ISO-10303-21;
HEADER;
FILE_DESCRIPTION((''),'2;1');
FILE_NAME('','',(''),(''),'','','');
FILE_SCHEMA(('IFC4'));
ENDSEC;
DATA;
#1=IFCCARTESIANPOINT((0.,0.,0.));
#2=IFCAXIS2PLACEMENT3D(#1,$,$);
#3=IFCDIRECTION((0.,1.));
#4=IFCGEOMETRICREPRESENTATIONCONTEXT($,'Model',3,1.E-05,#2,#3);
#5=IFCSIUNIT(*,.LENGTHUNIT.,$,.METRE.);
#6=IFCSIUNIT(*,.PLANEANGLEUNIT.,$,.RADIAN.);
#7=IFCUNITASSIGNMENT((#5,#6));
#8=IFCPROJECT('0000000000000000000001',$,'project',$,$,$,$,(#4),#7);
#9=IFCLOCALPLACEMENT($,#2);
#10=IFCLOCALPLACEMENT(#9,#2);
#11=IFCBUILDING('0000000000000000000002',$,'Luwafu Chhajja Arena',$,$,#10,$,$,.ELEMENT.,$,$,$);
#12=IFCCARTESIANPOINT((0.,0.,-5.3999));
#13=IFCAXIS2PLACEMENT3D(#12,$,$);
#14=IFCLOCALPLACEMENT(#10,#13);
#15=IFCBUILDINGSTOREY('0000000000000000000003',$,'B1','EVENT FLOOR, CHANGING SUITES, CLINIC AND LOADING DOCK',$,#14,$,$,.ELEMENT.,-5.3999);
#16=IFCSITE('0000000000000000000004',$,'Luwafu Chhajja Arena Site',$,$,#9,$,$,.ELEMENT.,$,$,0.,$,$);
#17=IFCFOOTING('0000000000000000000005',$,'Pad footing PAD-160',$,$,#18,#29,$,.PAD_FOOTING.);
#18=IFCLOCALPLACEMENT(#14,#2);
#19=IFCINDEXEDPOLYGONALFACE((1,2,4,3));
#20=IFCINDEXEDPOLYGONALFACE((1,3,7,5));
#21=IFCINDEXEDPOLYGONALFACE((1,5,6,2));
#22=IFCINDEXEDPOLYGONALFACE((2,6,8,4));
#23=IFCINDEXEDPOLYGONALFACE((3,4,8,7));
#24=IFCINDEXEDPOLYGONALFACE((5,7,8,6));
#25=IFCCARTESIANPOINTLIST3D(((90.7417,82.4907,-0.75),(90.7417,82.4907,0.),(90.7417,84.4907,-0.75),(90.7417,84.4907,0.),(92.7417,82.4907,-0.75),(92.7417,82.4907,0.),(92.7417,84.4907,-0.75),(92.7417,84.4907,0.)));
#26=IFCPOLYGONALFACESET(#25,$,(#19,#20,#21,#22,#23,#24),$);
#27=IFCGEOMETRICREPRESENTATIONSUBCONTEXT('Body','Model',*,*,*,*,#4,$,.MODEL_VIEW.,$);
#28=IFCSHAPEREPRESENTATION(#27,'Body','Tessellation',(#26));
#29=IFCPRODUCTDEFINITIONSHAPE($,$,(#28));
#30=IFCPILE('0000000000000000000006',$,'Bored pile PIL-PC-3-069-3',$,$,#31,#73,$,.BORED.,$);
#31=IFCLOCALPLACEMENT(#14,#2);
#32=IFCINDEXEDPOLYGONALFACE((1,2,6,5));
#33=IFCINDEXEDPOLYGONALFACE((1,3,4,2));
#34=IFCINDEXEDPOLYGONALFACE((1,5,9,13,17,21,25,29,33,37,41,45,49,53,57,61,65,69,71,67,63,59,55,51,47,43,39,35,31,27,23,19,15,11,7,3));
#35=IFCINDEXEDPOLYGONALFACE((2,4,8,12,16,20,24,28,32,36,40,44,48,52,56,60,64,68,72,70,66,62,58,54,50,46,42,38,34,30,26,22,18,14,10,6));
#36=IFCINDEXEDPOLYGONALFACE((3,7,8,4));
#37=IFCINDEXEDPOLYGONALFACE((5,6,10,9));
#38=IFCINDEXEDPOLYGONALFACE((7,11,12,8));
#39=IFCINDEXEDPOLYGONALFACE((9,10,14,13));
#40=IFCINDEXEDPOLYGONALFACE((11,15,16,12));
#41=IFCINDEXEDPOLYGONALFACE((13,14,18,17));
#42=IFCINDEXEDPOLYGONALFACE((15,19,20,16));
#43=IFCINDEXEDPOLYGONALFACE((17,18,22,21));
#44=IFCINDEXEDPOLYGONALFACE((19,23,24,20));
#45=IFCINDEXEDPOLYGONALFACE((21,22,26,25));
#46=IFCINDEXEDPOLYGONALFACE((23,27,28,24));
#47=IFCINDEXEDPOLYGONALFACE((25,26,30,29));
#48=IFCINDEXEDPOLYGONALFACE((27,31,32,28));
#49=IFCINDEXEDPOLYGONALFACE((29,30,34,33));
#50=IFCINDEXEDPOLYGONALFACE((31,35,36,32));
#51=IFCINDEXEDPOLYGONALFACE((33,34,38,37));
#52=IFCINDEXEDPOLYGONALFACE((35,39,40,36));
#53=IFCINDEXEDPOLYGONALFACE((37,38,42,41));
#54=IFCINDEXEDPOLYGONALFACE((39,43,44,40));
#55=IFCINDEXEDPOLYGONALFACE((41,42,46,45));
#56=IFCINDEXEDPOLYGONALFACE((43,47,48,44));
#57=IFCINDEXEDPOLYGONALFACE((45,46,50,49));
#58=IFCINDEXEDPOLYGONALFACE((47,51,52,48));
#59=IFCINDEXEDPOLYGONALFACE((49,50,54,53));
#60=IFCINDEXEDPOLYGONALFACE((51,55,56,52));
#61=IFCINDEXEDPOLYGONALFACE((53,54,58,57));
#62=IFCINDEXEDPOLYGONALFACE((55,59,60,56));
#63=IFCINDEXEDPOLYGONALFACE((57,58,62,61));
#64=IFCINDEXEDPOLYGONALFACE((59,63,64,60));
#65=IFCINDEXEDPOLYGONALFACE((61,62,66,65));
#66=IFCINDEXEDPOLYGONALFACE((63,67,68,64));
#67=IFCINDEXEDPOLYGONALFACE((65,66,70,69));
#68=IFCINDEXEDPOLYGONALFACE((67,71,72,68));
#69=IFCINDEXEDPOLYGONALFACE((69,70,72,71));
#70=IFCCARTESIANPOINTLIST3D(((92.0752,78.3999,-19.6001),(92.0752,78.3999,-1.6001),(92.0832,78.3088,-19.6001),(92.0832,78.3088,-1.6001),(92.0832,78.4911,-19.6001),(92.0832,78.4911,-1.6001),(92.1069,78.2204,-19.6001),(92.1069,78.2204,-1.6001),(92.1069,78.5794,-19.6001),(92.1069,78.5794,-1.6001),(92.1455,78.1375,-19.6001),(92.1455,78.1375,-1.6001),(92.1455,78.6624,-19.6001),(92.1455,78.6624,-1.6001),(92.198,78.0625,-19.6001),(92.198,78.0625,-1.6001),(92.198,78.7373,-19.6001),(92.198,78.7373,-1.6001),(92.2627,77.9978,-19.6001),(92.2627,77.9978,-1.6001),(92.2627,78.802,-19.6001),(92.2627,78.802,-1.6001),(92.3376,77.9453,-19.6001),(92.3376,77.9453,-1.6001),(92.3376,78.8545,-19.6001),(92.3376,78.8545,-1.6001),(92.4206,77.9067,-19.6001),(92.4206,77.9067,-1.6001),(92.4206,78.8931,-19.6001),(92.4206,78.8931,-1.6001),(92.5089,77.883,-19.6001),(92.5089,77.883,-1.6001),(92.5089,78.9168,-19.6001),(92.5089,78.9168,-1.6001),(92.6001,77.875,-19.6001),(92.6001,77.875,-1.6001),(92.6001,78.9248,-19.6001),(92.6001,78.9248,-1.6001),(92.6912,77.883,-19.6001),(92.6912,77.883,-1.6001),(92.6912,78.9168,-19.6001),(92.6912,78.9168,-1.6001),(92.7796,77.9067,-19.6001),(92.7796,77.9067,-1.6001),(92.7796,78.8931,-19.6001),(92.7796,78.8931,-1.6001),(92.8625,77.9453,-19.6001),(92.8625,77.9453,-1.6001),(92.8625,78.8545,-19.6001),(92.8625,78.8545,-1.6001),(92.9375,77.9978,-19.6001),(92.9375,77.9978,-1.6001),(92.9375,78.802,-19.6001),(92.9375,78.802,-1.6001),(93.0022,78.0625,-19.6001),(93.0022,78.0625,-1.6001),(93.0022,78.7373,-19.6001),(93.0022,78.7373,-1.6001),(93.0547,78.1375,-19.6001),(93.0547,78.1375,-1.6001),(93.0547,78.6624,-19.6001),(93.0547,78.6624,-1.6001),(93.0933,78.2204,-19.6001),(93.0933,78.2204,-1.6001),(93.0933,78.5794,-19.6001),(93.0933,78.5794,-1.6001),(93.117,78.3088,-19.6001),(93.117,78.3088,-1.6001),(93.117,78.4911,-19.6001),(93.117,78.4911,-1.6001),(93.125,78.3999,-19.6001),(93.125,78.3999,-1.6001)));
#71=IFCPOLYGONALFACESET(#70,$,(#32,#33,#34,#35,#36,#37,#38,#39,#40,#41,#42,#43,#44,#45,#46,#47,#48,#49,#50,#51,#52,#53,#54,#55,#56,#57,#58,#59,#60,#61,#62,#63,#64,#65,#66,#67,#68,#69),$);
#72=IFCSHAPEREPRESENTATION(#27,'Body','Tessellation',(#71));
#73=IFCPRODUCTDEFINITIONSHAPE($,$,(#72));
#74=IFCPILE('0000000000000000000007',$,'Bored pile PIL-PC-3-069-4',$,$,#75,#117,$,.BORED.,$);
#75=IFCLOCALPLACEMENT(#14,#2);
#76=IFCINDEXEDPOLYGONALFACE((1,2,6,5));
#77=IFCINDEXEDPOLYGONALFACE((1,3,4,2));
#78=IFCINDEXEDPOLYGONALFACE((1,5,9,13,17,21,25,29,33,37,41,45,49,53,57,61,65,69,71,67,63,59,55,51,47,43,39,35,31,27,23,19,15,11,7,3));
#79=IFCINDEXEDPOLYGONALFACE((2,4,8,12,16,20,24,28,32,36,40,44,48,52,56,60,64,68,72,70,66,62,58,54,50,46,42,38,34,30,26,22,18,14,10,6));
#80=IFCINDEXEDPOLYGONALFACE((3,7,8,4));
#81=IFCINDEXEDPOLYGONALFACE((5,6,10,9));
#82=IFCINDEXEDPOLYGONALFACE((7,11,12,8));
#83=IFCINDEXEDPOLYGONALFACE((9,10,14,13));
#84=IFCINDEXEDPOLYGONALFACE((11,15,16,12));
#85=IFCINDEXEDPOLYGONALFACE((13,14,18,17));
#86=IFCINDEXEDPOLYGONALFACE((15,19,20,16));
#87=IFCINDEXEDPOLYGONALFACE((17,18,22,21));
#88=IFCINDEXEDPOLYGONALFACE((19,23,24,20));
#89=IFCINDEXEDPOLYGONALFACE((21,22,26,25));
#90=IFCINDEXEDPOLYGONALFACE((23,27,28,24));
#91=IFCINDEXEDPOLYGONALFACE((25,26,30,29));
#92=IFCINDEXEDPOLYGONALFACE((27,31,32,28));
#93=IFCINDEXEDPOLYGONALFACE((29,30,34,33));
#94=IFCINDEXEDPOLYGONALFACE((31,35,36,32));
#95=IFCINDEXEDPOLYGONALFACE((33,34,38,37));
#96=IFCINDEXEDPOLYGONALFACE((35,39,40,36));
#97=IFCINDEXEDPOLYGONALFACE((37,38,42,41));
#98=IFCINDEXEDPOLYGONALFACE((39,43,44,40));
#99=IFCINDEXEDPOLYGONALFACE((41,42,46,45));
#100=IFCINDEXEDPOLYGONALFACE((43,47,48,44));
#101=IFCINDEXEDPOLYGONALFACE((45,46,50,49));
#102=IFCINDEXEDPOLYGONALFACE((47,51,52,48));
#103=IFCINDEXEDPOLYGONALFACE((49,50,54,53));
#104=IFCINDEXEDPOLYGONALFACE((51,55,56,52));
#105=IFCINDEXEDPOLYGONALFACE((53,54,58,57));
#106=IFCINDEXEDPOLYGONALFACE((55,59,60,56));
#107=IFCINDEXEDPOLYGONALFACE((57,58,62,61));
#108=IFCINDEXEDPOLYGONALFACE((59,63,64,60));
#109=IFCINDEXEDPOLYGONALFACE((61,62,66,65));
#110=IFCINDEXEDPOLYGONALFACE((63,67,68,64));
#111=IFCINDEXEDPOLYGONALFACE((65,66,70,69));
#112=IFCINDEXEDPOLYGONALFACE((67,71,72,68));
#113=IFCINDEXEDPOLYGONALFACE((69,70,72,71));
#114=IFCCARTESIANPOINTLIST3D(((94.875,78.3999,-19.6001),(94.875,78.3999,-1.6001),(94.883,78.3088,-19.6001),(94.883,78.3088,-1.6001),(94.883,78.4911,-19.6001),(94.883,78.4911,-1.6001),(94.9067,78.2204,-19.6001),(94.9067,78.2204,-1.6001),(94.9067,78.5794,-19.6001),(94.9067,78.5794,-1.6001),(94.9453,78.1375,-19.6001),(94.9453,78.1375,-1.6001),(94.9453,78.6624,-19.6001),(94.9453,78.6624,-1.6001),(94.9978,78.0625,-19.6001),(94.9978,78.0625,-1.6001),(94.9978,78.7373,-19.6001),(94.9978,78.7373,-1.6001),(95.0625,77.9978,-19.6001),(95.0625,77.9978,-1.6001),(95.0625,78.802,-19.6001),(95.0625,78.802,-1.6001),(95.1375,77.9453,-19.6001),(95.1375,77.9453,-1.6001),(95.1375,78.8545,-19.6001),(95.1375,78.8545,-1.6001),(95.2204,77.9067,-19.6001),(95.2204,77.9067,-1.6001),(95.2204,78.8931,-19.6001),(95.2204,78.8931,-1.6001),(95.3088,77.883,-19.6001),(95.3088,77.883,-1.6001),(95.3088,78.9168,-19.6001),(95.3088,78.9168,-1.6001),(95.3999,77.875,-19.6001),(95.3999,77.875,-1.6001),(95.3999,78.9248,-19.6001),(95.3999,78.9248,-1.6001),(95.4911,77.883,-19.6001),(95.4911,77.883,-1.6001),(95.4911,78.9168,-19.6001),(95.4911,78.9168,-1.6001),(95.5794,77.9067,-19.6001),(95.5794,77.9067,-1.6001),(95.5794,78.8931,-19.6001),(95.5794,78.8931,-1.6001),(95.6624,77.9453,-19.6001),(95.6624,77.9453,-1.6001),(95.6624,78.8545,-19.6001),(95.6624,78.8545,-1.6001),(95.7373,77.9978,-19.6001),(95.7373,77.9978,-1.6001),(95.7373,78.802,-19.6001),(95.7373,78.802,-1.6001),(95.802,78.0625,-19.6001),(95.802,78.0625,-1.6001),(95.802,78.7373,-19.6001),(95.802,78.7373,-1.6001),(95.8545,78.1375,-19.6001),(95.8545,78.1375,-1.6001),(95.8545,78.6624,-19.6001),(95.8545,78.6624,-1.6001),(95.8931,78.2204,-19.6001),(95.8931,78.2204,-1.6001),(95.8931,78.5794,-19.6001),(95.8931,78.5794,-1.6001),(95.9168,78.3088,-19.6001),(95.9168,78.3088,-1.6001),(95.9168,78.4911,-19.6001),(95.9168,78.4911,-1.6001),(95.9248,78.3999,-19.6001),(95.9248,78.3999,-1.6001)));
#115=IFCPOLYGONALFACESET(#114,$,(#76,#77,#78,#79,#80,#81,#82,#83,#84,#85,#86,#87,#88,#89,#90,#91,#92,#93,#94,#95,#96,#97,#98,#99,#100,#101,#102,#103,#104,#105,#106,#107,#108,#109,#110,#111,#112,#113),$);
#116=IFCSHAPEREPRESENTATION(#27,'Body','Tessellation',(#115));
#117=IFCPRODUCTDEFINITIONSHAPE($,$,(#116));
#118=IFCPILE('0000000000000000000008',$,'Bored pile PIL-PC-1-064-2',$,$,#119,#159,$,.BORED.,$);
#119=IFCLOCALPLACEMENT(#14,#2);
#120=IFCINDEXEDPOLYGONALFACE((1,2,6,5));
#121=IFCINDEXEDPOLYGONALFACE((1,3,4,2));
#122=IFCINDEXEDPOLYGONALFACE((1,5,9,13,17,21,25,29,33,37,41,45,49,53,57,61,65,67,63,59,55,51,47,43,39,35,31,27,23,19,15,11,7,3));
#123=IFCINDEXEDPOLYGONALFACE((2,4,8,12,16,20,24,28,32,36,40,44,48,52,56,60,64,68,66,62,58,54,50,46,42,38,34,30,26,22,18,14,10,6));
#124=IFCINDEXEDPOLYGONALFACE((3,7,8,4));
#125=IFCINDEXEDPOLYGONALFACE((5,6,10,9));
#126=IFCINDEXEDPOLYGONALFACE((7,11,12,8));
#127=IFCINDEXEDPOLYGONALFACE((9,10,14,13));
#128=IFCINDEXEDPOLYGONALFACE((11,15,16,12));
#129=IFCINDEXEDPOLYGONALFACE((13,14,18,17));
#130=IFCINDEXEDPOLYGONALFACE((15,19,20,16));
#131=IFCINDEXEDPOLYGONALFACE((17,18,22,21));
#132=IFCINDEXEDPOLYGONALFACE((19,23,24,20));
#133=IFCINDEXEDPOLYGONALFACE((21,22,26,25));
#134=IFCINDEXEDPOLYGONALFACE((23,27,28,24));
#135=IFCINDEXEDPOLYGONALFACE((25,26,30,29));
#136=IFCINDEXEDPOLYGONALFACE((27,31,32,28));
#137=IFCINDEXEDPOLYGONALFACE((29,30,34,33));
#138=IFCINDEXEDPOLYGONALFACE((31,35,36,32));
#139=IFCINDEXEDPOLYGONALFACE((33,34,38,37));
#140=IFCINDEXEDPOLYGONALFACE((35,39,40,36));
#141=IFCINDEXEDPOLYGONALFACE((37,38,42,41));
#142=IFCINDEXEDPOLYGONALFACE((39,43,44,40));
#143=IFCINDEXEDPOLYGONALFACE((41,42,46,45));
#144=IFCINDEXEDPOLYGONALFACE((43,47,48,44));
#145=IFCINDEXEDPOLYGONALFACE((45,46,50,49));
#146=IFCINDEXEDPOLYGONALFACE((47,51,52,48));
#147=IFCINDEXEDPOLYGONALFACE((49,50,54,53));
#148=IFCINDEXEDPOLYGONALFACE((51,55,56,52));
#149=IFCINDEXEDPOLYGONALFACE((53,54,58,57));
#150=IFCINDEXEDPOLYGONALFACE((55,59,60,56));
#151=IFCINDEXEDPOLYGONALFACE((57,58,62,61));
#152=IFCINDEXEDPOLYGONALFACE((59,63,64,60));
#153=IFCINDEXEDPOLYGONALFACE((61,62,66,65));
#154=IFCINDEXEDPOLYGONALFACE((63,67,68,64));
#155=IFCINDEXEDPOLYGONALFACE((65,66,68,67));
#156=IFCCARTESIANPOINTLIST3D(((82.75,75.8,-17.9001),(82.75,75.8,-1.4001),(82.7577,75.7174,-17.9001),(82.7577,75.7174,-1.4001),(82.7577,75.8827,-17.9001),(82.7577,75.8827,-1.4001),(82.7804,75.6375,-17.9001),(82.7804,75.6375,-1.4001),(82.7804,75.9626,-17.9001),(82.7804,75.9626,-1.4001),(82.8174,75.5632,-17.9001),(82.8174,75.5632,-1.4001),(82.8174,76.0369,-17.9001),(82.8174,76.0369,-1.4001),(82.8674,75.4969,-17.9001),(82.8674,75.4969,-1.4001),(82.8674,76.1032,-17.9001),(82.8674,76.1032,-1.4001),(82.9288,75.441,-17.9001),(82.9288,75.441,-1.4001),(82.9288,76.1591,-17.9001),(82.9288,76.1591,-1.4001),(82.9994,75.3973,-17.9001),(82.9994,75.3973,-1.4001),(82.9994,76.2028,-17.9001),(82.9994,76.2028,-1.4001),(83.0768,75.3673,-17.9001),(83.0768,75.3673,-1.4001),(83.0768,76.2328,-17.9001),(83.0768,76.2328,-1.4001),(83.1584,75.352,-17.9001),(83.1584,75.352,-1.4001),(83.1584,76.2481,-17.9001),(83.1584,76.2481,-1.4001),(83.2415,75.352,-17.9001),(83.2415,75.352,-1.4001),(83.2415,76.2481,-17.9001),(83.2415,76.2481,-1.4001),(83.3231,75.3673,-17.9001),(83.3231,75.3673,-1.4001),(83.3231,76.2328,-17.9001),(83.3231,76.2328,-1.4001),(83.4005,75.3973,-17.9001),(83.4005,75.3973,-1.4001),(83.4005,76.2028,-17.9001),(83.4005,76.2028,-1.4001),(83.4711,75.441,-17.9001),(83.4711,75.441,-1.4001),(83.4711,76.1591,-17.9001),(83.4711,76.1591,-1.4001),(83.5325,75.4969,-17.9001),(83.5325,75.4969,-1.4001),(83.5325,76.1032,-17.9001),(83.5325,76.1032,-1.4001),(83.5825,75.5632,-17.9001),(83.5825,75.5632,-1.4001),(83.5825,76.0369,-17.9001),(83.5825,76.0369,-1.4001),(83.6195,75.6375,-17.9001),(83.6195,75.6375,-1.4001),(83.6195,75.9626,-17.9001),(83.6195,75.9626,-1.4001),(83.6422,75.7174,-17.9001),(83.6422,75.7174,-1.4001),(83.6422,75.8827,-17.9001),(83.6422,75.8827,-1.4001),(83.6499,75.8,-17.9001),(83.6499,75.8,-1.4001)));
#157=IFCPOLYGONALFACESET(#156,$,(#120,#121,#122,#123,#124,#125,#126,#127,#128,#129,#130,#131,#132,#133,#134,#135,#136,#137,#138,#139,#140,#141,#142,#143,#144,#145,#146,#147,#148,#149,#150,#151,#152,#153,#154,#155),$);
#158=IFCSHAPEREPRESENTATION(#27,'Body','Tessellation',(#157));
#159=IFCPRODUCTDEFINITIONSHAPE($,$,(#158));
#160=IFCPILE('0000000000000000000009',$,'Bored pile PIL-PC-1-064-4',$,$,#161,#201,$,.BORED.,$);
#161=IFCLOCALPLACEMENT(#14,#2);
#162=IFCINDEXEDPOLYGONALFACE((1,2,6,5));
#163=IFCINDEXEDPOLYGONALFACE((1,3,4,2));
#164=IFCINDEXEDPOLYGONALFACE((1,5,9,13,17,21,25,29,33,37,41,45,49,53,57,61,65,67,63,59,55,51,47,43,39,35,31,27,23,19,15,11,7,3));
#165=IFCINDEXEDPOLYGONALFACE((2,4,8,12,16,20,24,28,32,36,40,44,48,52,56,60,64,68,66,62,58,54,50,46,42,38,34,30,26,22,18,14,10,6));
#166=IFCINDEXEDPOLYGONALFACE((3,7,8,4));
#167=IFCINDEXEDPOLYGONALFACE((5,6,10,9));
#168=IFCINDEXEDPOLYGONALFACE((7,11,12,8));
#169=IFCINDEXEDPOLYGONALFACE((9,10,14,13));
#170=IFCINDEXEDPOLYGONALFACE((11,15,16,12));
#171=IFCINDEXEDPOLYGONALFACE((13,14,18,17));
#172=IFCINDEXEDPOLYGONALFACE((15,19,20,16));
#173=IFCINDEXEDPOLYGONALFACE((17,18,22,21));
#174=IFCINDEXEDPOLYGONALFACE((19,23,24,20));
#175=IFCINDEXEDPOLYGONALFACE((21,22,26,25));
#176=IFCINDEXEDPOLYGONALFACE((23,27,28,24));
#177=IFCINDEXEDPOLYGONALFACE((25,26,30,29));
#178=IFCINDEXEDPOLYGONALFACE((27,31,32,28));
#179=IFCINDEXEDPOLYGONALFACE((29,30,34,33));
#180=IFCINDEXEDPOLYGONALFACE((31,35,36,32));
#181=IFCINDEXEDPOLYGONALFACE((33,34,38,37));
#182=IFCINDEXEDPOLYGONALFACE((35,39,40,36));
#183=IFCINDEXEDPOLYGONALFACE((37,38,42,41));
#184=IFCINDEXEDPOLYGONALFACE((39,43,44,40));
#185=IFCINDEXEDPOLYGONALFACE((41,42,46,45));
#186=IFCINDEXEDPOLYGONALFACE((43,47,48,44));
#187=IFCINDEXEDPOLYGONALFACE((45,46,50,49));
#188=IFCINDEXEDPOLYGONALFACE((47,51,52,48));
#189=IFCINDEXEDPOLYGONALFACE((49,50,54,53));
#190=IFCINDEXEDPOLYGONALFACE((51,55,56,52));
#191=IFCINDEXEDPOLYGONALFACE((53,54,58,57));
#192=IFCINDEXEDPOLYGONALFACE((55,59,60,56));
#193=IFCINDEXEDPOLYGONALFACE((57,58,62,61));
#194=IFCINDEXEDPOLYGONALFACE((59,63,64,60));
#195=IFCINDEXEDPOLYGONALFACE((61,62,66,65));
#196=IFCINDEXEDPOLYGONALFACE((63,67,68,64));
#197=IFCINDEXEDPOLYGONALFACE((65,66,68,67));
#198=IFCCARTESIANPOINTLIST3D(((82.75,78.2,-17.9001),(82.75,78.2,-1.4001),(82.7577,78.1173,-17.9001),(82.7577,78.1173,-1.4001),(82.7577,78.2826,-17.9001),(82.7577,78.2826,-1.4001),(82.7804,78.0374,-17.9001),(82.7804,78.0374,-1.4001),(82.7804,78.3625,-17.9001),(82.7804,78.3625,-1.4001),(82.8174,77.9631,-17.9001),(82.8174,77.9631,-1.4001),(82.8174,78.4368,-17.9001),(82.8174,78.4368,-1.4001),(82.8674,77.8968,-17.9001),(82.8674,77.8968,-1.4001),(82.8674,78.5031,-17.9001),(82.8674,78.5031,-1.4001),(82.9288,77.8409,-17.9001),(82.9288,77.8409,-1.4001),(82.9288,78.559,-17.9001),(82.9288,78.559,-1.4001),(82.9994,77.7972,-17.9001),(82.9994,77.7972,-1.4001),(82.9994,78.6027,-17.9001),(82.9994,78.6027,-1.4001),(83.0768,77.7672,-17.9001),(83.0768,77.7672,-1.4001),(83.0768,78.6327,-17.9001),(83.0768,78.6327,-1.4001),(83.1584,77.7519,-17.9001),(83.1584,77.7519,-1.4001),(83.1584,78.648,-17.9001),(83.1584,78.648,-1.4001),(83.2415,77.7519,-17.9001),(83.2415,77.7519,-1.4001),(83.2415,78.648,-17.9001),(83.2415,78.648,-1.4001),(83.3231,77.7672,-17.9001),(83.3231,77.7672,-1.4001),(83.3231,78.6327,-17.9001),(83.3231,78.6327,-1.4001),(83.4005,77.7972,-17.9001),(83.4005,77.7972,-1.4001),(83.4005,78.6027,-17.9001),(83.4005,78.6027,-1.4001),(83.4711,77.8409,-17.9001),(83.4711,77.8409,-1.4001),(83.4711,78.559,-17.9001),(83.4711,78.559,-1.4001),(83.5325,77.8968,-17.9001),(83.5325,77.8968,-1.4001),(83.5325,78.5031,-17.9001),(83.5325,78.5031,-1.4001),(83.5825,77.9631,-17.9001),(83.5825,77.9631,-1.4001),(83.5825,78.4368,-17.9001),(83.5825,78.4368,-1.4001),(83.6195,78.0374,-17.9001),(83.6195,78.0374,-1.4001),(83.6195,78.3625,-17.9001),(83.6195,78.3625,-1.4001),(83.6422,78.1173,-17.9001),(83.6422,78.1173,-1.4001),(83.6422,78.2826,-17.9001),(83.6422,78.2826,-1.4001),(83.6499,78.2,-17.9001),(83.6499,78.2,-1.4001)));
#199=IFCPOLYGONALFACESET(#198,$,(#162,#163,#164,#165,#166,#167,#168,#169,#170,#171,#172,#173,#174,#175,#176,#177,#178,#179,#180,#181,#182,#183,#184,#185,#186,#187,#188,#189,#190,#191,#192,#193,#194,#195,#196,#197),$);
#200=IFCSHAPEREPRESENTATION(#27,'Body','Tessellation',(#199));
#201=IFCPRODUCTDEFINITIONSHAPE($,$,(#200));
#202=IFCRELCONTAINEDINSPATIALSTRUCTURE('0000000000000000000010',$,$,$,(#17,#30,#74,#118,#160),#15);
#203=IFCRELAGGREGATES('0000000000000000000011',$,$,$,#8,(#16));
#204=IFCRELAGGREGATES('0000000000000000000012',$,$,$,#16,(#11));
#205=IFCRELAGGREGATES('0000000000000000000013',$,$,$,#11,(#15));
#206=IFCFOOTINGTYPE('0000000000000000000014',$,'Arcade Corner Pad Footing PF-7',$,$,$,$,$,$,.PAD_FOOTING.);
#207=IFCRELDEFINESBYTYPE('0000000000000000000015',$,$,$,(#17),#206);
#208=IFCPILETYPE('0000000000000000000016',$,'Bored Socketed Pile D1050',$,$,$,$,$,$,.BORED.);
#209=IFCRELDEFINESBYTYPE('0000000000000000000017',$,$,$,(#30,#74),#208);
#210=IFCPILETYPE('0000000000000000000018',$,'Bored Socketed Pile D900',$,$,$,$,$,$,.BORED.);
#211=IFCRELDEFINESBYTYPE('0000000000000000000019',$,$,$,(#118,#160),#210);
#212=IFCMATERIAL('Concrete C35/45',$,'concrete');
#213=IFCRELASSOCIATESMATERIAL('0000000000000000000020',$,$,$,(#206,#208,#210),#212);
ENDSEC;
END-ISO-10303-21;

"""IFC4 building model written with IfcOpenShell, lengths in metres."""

from ifc_helpers import new_model, si_unit, direction, frame, origin, origin_2d, place, context, subcontext, project, spatial, rectangle, circle, extrude, material, material_profile, profile_set, type_object, element, save


model = new_model("IFC4")

# Units and contexts
model_context = context("Model", 3, precision=1e-05, world=origin(), true_north=direction((0.0, 1.0)))
body_context = subcontext(model_context, "Body", "Model", "MODEL_VIEW")
ifc_project = project(units=[si_unit("LENGTHUNIT", "METRE"), si_unit("PLANEANGLEUNIT", "RADIAN")], contexts=[model_context])

# Site, building, storey
site_placement = place(None, origin())
site = spatial("IfcSite", under=ifc_project, at=site_placement, Name="Luwafu Chhajja Arena Site", CompositionType="ELEMENT", RefElevation=0.0)
building_placement = place(site_placement, origin())
building = spatial("IfcBuilding", under=site, at=building_placement, Name="Luwafu Chhajja Arena", CompositionType="ELEMENT")
storey_placement = place(building_placement, frame((0.0, 0.0, -5.3999)))
storey = spatial("IfcBuildingStorey", under=building, at=storey_placement, Name="B1", Description="EVENT FLOOR, CHANGING SUITES, CLINIC AND LOADING DOCK", CompositionType="ELEMENT", Elevation=-5.3999)

# Footing
ifc_material_1 = material(Name="Concrete C35/45", Category="concrete")
footing_type_1 = type_object("IfcFootingType", Name="Arcade Corner Pad Footing PF-7", PredefinedType="PAD_FOOTING", material=ifc_material_1)
footing_1_placement = place(storey_placement, frame((91.7417, 83.4907, -0.75), z_axis=(0.0, 0.0, 1.0), x_axis=(1.0, 0.0, 0.0)))
element("IfcFooting", 1, at=footing_1_placement, inside=storey, type_object=footing_type_1, Name="Pad footing PAD-160", PredefinedType="PAD_FOOTING", context=body_context, shape_type="SweptSolid", body=[
    extrude(rectangle(XDim=2.0, YDim=2.0, at=origin_2d()), origin(), (0.0, 0.0, 1.0), 0.75),
])

# Piles
ifc_material_profile_1 = material_profile(ifc_material_1, circle(Radius=0.5249, at=origin_2d()), Name="PILE D1050")
ifc_profile_set_1 = profile_set([ifc_material_profile_1], Name="Concrete C35/45")
pile_type_1 = type_object("IfcPileType", Name="Bored Socketed Pile D1050", PredefinedType="BORED", material=ifc_profile_set_1)
for number, where, z_axis, x_axis, name in (
    (2, (92.6001, 78.3999, -1.6001), (0.0, 0.0, -1.0), (1.0, 0.0, 0.0), "Bored pile PIL-PC-3-069-3"),
    (3, (95.3999, 78.3999, -1.6001), (0.0, 0.0, -1.0), (1.0, 0.0, 0.0), "Bored pile PIL-PC-3-069-4"),
):
    element("IfcPile", number, at=place(storey_placement, frame(where, z_axis=z_axis, x_axis=x_axis)), inside=storey, type_object=pile_type_1, Name=name, PredefinedType="BORED", context=body_context, shape_type="SweptSolid", body=[
        extrude(circle(Radius=0.5249, at=origin_2d()), origin(), (0.0, 0.0, 1.0), 18.0),
    ])
ifc_material_profile_2 = material_profile(ifc_material_1, circle(Radius=0.45, at=origin_2d()), Name="PILE D900")
ifc_profile_set_2 = profile_set([ifc_material_profile_2], Name="Concrete C35/45")
pile_type_2 = type_object("IfcPileType", Name="Bored Socketed Pile D900", PredefinedType="BORED", material=ifc_profile_set_2)
for number, where, z_axis, x_axis, name in (
    (4, (83.2, 75.8, -1.4001), (0.0, 0.0, -1.0), (1.0, 0.0, 0.0), "Bored pile PIL-PC-1-064-2"),
    (5, (83.2, 78.2, -1.4001), (0.0, 0.0, -1.0), (1.0, 0.0, 0.0), "Bored pile PIL-PC-1-064-4"),
):
    element("IfcPile", number, at=place(storey_placement, frame(where, z_axis=z_axis, x_axis=x_axis)), inside=storey, type_object=pile_type_2, Name=name, PredefinedType="BORED", context=body_context, shape_type="SweptSolid", body=[
        extrude(circle(Radius=0.45, at=origin_2d()), origin(), (0.0, 0.0, 1.0), 16.5),
    ])

save(model, "model.ifc")
